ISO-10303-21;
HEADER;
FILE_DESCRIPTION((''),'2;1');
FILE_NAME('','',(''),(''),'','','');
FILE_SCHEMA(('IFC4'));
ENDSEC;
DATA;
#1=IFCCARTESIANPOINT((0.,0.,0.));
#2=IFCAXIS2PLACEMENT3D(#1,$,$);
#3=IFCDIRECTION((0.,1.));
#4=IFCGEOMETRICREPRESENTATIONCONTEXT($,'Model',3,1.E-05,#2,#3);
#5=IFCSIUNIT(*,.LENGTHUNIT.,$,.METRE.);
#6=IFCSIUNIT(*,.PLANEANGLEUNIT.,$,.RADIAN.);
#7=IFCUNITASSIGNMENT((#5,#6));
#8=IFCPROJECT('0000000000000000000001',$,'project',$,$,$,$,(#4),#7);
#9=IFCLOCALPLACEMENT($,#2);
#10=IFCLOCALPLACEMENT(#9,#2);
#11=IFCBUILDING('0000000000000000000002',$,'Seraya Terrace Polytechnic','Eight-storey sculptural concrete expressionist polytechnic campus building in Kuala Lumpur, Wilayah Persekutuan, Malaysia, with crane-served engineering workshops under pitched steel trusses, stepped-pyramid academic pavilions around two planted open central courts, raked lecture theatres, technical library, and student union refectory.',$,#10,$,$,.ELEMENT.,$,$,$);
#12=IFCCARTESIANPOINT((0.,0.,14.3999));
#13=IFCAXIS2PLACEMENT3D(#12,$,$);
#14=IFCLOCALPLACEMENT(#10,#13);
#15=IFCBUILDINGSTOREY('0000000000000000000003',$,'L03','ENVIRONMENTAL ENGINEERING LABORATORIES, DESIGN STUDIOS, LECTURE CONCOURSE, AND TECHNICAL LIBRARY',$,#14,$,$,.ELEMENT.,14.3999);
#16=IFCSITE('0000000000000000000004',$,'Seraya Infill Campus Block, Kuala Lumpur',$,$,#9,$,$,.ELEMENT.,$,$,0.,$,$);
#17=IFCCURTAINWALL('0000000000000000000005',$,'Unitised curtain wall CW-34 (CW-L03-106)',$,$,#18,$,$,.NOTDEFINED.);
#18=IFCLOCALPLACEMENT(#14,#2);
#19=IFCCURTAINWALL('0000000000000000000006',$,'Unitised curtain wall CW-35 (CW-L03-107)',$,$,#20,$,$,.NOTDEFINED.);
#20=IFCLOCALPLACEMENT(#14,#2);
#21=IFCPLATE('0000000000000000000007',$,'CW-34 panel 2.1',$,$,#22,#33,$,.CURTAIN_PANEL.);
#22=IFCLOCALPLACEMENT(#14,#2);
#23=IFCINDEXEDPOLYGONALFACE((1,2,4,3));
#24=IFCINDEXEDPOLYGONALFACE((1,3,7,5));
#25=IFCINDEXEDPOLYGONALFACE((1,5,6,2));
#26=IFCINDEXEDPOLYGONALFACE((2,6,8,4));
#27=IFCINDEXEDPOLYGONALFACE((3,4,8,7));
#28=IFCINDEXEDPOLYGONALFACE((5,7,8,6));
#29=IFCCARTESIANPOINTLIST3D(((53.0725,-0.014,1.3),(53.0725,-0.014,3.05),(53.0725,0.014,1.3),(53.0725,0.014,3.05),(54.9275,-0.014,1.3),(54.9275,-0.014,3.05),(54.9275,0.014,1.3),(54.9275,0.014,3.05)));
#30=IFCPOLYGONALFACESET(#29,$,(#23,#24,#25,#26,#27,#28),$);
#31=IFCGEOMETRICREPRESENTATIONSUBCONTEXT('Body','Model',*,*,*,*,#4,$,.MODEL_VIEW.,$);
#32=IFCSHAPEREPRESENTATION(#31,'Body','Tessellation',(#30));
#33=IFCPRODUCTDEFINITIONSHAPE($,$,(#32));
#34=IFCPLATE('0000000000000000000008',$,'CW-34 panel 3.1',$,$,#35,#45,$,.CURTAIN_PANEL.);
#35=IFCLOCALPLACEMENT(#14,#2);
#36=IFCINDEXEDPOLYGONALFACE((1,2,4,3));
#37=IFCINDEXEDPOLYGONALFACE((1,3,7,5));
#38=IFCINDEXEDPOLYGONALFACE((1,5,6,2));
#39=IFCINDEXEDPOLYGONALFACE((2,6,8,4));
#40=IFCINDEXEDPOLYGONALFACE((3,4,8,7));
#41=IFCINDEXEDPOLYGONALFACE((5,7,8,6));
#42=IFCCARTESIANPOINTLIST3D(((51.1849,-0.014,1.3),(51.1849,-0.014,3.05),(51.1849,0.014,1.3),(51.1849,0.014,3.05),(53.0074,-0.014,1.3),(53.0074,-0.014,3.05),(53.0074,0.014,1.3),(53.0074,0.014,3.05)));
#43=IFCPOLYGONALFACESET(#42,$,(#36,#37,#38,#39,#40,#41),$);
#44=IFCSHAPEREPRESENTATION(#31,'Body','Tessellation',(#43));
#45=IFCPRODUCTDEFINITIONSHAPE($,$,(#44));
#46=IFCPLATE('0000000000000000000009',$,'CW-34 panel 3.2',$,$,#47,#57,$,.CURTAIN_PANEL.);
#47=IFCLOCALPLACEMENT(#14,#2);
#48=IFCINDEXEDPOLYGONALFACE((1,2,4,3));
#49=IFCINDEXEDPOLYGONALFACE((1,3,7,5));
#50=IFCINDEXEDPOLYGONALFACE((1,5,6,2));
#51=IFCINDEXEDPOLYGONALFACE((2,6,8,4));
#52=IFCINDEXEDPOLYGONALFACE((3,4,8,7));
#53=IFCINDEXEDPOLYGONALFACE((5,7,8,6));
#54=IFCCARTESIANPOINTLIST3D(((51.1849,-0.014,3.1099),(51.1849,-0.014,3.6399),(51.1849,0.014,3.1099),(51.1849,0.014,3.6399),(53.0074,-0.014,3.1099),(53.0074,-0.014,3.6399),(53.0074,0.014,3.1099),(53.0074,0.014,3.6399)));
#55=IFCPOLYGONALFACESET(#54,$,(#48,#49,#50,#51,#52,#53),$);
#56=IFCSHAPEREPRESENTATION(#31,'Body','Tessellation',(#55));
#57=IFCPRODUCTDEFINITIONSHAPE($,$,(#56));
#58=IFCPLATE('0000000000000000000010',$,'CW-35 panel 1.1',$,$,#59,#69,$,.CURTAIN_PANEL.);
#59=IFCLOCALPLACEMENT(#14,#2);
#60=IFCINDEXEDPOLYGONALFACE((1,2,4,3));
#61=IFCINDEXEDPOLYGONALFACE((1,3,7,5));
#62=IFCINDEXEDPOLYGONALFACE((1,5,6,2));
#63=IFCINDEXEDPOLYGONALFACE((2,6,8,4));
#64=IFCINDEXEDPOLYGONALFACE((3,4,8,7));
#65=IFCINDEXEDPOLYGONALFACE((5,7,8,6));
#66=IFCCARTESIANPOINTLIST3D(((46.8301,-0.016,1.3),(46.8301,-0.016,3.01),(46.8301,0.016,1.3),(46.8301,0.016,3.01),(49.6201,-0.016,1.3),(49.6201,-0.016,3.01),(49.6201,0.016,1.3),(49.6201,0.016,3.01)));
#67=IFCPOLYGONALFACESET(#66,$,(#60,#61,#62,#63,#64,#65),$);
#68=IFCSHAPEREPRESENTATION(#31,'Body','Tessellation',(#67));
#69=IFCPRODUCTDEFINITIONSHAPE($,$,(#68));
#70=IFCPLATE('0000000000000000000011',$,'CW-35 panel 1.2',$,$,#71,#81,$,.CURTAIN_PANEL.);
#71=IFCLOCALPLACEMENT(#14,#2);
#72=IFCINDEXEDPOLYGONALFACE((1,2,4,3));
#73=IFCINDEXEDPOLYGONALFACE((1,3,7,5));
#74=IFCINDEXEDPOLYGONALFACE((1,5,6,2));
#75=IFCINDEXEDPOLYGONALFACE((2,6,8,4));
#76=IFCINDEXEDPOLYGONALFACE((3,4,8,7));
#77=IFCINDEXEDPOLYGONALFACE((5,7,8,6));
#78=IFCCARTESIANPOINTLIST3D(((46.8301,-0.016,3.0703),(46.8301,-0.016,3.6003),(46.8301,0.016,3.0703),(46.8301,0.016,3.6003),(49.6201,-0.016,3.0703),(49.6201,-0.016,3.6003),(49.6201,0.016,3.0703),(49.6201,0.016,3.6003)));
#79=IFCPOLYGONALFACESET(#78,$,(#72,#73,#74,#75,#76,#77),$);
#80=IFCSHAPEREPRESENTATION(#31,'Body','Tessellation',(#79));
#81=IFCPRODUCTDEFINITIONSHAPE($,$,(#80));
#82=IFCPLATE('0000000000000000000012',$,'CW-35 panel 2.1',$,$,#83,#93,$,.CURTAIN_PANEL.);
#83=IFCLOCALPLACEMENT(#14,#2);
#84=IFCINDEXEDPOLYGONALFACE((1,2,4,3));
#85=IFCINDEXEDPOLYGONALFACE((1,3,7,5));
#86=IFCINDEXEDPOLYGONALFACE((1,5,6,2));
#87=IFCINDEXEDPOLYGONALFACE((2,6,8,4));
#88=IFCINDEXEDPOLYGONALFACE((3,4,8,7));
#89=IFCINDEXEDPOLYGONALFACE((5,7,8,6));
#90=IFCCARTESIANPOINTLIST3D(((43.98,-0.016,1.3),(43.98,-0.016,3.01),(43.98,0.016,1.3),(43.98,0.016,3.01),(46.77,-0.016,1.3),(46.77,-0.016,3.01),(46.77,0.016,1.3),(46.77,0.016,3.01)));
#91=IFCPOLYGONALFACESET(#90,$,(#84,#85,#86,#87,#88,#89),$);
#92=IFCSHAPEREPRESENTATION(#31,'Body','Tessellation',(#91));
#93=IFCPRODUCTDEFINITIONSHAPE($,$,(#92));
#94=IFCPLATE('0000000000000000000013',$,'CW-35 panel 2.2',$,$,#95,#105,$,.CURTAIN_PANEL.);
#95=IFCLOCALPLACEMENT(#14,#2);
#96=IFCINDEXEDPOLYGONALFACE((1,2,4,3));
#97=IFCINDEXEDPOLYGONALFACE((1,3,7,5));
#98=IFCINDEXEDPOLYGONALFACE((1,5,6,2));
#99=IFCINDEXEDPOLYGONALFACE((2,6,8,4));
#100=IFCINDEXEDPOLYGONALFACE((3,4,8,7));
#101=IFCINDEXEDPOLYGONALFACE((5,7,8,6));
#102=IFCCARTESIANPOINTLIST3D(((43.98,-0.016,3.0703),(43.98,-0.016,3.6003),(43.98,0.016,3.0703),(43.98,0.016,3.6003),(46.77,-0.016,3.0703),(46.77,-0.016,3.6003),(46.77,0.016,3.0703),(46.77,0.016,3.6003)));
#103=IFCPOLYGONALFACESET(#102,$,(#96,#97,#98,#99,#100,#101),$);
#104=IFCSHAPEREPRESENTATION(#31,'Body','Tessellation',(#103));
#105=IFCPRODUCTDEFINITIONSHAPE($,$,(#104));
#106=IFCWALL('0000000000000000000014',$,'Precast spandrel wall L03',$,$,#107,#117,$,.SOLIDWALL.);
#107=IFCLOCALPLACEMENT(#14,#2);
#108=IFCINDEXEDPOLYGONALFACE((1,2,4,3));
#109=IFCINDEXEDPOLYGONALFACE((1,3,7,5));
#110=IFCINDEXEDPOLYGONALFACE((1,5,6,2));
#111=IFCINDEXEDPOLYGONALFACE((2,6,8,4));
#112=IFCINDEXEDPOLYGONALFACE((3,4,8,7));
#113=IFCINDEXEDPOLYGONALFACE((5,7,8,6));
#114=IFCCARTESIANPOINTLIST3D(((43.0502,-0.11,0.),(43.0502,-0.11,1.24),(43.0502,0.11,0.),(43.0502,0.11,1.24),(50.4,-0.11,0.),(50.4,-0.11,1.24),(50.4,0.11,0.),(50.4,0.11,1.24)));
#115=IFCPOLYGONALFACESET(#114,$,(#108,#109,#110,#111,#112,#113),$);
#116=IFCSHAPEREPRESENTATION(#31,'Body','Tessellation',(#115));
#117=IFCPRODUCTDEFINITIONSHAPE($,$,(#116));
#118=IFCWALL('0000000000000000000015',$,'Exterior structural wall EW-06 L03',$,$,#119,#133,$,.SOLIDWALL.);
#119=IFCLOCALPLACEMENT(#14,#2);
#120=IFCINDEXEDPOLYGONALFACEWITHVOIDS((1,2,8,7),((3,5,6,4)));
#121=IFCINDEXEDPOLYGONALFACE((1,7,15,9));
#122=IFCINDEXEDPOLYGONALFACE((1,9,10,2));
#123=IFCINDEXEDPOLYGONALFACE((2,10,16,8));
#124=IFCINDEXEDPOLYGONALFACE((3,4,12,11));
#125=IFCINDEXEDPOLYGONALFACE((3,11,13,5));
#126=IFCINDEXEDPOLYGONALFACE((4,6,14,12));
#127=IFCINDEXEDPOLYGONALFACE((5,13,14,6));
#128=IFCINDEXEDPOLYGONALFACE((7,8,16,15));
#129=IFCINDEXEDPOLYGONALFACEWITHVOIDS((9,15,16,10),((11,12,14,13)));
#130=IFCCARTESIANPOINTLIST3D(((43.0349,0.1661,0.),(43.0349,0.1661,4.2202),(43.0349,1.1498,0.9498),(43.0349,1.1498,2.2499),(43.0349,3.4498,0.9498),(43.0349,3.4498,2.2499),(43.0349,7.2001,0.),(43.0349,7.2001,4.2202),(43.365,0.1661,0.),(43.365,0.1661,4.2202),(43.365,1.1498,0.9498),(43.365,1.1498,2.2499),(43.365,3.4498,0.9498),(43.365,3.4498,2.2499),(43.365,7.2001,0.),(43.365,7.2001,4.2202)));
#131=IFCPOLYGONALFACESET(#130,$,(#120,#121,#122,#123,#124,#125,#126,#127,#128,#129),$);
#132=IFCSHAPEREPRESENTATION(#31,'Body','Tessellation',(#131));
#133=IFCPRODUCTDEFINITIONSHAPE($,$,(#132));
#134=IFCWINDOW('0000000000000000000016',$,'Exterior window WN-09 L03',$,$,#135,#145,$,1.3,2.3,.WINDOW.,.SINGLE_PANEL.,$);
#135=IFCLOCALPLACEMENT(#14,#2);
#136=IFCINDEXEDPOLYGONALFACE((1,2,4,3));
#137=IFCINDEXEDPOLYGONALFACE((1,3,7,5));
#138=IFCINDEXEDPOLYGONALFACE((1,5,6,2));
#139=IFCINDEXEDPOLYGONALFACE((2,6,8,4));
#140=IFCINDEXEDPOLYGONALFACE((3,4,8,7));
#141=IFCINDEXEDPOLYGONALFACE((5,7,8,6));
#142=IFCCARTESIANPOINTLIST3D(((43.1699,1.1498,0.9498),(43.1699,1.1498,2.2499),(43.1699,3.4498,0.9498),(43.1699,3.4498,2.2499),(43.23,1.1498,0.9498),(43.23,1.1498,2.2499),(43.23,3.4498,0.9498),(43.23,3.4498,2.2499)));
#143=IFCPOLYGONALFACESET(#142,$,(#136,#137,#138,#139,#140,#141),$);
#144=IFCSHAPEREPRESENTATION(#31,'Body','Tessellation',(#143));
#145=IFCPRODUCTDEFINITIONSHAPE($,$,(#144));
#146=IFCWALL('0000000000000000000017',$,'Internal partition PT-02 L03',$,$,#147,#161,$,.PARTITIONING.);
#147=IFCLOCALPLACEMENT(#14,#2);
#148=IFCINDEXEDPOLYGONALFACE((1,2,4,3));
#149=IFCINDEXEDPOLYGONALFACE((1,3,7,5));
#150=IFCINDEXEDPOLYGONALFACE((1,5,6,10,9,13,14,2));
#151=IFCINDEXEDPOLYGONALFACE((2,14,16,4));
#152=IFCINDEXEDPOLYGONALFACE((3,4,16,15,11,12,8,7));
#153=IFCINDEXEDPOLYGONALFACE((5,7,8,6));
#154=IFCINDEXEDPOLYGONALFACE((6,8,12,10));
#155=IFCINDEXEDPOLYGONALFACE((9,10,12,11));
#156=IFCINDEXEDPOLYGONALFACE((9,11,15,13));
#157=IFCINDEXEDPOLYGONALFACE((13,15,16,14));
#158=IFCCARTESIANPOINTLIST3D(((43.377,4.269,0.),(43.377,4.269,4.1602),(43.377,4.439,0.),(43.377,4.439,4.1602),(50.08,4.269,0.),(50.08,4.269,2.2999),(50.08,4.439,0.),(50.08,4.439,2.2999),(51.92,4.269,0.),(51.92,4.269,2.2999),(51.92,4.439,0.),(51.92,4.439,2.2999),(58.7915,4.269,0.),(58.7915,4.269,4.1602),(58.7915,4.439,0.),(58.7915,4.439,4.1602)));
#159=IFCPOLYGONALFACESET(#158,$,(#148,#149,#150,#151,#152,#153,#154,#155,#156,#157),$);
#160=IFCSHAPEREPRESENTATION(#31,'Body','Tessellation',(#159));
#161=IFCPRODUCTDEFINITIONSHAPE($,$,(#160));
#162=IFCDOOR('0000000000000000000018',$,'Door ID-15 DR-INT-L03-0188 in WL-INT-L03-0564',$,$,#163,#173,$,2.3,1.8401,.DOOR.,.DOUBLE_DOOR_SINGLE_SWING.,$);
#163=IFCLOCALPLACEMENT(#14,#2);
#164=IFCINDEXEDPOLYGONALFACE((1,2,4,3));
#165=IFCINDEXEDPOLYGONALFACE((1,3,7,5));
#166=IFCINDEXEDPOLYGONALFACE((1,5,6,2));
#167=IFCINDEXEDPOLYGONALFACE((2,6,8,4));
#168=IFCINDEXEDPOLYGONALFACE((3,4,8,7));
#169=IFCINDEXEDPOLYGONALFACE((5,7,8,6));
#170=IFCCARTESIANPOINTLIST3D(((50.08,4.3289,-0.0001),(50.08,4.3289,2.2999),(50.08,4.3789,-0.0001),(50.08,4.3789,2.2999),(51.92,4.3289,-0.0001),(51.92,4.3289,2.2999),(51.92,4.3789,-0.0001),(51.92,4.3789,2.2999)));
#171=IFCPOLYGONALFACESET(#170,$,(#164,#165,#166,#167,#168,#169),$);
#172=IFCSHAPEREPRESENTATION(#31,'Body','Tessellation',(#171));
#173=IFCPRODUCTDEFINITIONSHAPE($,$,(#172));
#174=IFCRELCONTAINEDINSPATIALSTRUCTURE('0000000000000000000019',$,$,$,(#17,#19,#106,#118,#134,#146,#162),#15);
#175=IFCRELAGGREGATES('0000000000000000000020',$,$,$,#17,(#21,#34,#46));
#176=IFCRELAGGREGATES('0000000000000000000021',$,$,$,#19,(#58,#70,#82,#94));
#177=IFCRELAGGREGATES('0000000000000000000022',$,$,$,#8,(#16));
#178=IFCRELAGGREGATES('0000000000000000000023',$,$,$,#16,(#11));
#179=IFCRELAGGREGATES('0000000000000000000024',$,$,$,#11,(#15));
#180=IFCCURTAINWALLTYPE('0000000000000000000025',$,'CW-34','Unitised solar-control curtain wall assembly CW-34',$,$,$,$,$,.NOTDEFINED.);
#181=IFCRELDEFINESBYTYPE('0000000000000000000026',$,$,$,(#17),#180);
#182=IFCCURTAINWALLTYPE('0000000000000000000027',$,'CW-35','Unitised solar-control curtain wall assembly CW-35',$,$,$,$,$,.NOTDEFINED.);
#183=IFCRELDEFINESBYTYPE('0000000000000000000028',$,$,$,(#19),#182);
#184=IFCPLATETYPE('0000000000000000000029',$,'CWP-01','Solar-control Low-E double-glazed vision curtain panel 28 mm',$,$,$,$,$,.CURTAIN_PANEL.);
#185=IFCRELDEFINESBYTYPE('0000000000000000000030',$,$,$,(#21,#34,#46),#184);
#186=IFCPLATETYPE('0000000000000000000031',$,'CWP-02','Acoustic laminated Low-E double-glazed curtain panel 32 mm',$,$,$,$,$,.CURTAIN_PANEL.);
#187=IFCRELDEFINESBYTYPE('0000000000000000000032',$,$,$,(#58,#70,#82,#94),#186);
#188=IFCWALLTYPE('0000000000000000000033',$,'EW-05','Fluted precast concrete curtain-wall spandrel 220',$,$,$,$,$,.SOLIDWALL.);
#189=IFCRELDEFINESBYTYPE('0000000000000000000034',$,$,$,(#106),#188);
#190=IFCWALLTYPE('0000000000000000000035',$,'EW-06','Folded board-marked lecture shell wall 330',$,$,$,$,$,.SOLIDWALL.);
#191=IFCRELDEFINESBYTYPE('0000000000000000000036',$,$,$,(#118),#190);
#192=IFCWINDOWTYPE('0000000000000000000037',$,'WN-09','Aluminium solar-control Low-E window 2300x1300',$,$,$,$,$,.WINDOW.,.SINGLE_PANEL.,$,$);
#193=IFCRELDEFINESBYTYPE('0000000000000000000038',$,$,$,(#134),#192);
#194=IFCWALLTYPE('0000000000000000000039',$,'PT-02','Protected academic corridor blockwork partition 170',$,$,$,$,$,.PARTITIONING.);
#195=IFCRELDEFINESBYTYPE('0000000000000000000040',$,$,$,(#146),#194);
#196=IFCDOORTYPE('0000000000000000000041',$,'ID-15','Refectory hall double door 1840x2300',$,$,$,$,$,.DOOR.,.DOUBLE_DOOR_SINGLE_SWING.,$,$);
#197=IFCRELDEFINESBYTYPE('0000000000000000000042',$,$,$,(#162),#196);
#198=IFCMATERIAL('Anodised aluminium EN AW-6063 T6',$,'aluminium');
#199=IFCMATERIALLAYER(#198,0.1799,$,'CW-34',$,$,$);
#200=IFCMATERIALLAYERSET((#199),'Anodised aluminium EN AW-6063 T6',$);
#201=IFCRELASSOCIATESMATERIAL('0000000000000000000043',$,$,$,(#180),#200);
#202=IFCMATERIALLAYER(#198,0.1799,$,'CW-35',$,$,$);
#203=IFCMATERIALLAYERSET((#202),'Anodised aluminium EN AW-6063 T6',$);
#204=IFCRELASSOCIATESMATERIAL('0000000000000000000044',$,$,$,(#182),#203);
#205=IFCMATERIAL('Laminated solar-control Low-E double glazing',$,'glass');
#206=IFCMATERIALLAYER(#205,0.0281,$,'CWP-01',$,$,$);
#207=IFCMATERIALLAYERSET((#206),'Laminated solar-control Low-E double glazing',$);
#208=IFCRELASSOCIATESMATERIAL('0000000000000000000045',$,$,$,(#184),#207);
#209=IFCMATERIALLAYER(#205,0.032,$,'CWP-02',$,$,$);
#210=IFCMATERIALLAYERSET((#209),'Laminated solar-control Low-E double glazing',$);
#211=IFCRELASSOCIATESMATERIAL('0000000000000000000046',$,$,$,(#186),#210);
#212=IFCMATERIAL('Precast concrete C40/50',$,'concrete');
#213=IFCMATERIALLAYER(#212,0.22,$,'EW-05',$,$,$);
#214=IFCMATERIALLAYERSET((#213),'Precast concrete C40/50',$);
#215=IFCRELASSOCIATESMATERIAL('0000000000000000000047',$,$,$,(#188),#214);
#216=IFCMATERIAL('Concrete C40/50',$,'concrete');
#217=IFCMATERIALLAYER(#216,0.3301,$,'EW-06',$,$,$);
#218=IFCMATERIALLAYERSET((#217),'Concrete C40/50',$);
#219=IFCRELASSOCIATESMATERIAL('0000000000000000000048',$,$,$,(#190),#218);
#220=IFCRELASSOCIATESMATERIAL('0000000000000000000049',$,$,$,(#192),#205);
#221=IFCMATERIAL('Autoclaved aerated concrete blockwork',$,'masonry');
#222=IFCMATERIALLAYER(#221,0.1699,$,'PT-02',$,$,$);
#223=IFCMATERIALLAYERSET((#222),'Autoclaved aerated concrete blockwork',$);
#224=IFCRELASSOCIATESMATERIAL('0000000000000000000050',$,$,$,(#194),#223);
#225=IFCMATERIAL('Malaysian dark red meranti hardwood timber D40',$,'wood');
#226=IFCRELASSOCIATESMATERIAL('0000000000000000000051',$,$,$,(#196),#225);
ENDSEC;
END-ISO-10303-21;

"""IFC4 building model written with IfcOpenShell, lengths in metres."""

from ifc_helpers import new_model, si_unit, direction, frame, frame_2d, origin, origin_2d, place, context, subcontext, project, spatial, rectangle, extrude, material, layer, layer_set, type_object, element, fill, aggregate, save


model = new_model("IFC4")

# Units and contexts
model_context = context("Model", 3, precision=1e-05, world=origin(), true_north=direction((0.0, 1.0)))
body_context = subcontext(model_context, "Body", "Model", "MODEL_VIEW")
ifc_project = project(units=[si_unit("LENGTHUNIT", "METRE"), si_unit("PLANEANGLEUNIT", "RADIAN")], contexts=[model_context])

# Site, building, storey
site_placement = place(None, origin())
site = spatial("IfcSite", under=ifc_project, at=site_placement, Name="Seraya Infill Campus Block, Kuala Lumpur", CompositionType="ELEMENT", RefElevation=0.0)
building_placement = place(site_placement, origin())
building = spatial("IfcBuilding", under=site, at=building_placement, Name="Seraya Terrace Polytechnic", Description="Eight-storey sculptural concrete expressionist polytechnic campus building in Kuala Lumpur, Wilayah Persekutuan, Malaysia, with crane-served engineering workshops under pitched steel trusses, stepped-pyramid academic pavilions around two planted open central courts, raked lecture theatres, technical library, and student union refectory.", CompositionType="ELEMENT")
storey_placement = place(building_placement, frame((0.0, 0.0, 14.3999)))
storey = spatial("IfcBuildingStorey", under=building, at=storey_placement, Name="L03", Description="ENVIRONMENTAL ENGINEERING LABORATORIES, DESIGN STUDIOS, LECTURE CONCOURSE, AND TECHNICAL LIBRARY", CompositionType="ELEMENT", Elevation=14.3999)

# Shared definitions
ifc_material_1 = material(Name="Concrete C40/50", Category="concrete")

# Curtain walls
ifc_material_2 = material(Name="Anodised aluminium EN AW-6063 T6", Category="aluminium")
ifc_layer_1 = layer(ifc_material_2, 0.1799, Name="CW-34")
ifc_layer_set_1 = layer_set([ifc_layer_1], Name="Anodised aluminium EN AW-6063 T6")
curtain_wall_type_1 = type_object("IfcCurtainWallType", Name="CW-34", Description="Unitised solar-control curtain wall assembly CW-34", PredefinedType="NOTDEFINED", material=ifc_layer_set_1)
curtain_wall_1_placement = place(storey_placement, origin())
curtain_wall_1 = element("IfcCurtainWall", 1, at=curtain_wall_1_placement, inside=storey, type_object=curtain_wall_type_1, Name="Unitised curtain wall CW-34 (CW-L03-106)", PredefinedType="NOTDEFINED")
ifc_layer_2 = layer(ifc_material_2, 0.1799, Name="CW-35")
ifc_layer_set_2 = layer_set([ifc_layer_2], Name="Anodised aluminium EN AW-6063 T6")
curtain_wall_type_2 = type_object("IfcCurtainWallType", Name="CW-35", Description="Unitised solar-control curtain wall assembly CW-35", PredefinedType="NOTDEFINED", material=ifc_layer_set_2)
curtain_wall_2_placement = place(storey_placement, origin())
curtain_wall_2 = element("IfcCurtainWall", 2, at=curtain_wall_2_placement, inside=storey, type_object=curtain_wall_type_2, Name="Unitised curtain wall CW-35 (CW-L03-107)", PredefinedType="NOTDEFINED")

# Plates
ifc_material_3 = material(Name="Laminated solar-control Low-E double glazing", Category="glass")
ifc_layer_3 = layer(ifc_material_3, 0.0281, Name="CWP-01")
ifc_layer_set_3 = layer_set([ifc_layer_3], Name="Laminated solar-control Low-E double glazing")
plate_type_1 = type_object("IfcPlateType", Name="CWP-01", Description="Solar-control Low-E double-glazed vision curtain panel 28 mm", PredefinedType="CURTAIN_PANEL", material=ifc_layer_set_3)
plate_1_placement = place(storey_placement, frame((54.0, 0.0, 1.3), z_axis=(0.0, 0.0, 1.0), x_axis=(-1.0, 0.0, 0.0)))
plate_1 = element("IfcPlate", 3, at=plate_1_placement, type_object=plate_type_1, Name="CW-34 panel 2.1", PredefinedType="CURTAIN_PANEL", context=body_context, shape_type="SweptSolid", body=[
    extrude(rectangle(XDim=1.855, YDim=0.0281, at=origin_2d()), origin(), (0.0, 0.0, 1.0), 1.75),
])
plate_2_placement = place(storey_placement, frame((52.0962, 0.0, 1.3), z_axis=(0.0, 0.0, 1.0), x_axis=(-1.0, 0.0, 0.0)))
plate_2 = element("IfcPlate", 4, at=plate_2_placement, type_object=plate_type_1, Name="CW-34 panel 3.1", PredefinedType="CURTAIN_PANEL", context=body_context, shape_type="SweptSolid", body=[
    extrude(rectangle(XDim=1.8225, YDim=0.0281, at=origin_2d()), origin(), (0.0, 0.0, 1.0), 1.75),
])
plate_3_placement = place(storey_placement, frame((52.0962, 0.0, 3.1099), z_axis=(0.0, 0.0, 1.0), x_axis=(-1.0, 0.0, 0.0)))
plate_3 = element("IfcPlate", 5, at=plate_3_placement, type_object=plate_type_1, Name="CW-34 panel 3.2", PredefinedType="CURTAIN_PANEL", context=body_context, shape_type="SweptSolid", body=[
    extrude(rectangle(XDim=1.8225, YDim=0.0281, at=origin_2d()), origin(), (0.0, 0.0, 1.0), 0.53),
])
aggregate(curtain_wall_1, [plate_1, plate_2, plate_3])
ifc_layer_4 = layer(ifc_material_3, 0.032, Name="CWP-02")
ifc_layer_set_4 = layer_set([ifc_layer_4], Name="Laminated solar-control Low-E double glazing")
plate_type_2 = type_object("IfcPlateType", Name="CWP-02", Description="Acoustic laminated Low-E double-glazed curtain panel 32 mm", PredefinedType="CURTAIN_PANEL", material=ifc_layer_set_4)
plate_4_placement = place(storey_placement, frame((48.2251, 0.0, 1.3), z_axis=(0.0, 0.0, 1.0), x_axis=(-1.0, 0.0, 0.0)))
plate_4 = element("IfcPlate", 6, at=plate_4_placement, type_object=plate_type_2, Name="CW-35 panel 1.1", PredefinedType="CURTAIN_PANEL", context=body_context, shape_type="SweptSolid", body=[
    extrude(rectangle(XDim=2.79, YDim=0.032, at=origin_2d()), origin(), (0.0, 0.0, 1.0), 1.71),
])
plate_5_placement = place(storey_placement, frame((48.2251, 0.0, 3.0703), z_axis=(0.0, 0.0, 1.0), x_axis=(-1.0, 0.0, 0.0)))
plate_5 = element("IfcPlate", 7, at=plate_5_placement, type_object=plate_type_2, Name="CW-35 panel 1.2", PredefinedType="CURTAIN_PANEL", context=body_context, shape_type="SweptSolid", body=[
    extrude(rectangle(XDim=2.79, YDim=0.032, at=origin_2d()), origin(), (0.0, 0.0, 1.0), 0.53),
])
plate_6_placement = place(storey_placement, frame((45.375, 0.0, 1.3), z_axis=(0.0, 0.0, 1.0), x_axis=(-1.0, 0.0, 0.0)))
plate_6 = element("IfcPlate", 8, at=plate_6_placement, type_object=plate_type_2, Name="CW-35 panel 2.1", PredefinedType="CURTAIN_PANEL", context=body_context, shape_type="SweptSolid", body=[
    extrude(rectangle(XDim=2.79, YDim=0.032, at=origin_2d()), origin(), (0.0, 0.0, 1.0), 1.71),
])
plate_7_placement = place(storey_placement, frame((45.375, 0.0, 3.0703), z_axis=(0.0, 0.0, 1.0), x_axis=(-1.0, 0.0, 0.0)))
plate_7 = element("IfcPlate", 9, at=plate_7_placement, type_object=plate_type_2, Name="CW-35 panel 2.2", PredefinedType="CURTAIN_PANEL", context=body_context, shape_type="SweptSolid", body=[
    extrude(rectangle(XDim=2.79, YDim=0.032, at=origin_2d()), origin(), (0.0, 0.0, 1.0), 0.53),
])
aggregate(curtain_wall_2, [plate_4, plate_5, plate_6, plate_7])

# Wall
ifc_material_4 = material(Name="Precast concrete C40/50", Category="concrete")
ifc_layer_5 = layer(ifc_material_4, 0.22, Name="EW-05")
ifc_layer_set_5 = layer_set([ifc_layer_5], Name="Precast concrete C40/50")
wall_type_1 = type_object("IfcWallType", Name="EW-05", Description="Fluted precast concrete curtain-wall spandrel 220", PredefinedType="SOLIDWALL", material=ifc_layer_set_5)
wall_1_placement = place(storey_placement, frame((50.3999, 0.0, 0.0), z_axis=(0.0, 0.0, 1.0), x_axis=(-1.0, 0.0, 0.0)))
element("IfcWall", 10, at=wall_1_placement, inside=storey, type_object=wall_type_1, Name="Precast spandrel wall L03", PredefinedType="SOLIDWALL", context=body_context, shape_type="SweptSolid", body=[
    extrude(rectangle(XDim=7.3499, YDim=0.22, at=frame_2d((3.6748, 0.0))), origin(), (0.0, 0.0, 1.0), 1.24),
])

# Wall, opening, window
ifc_layer_6 = layer(ifc_material_1, 0.3301, Name="EW-06")
ifc_layer_set_6 = layer_set([ifc_layer_6], Name="Concrete C40/50")
wall_type_2 = type_object("IfcWallType", Name="EW-06", Description="Folded board-marked lecture shell wall 330", PredefinedType="SOLIDWALL", material=ifc_layer_set_6)
wall_2_placement = place(storey_placement, frame((43.2, 0.166, 0.0), z_axis=(0.0, 0.0, 1.0), x_axis=(0.0, 1.0, 0.0)))
wall_2 = element("IfcWall", 11, at=wall_2_placement, inside=storey, type_object=wall_type_2, Name="Exterior structural wall EW-06 L03", PredefinedType="SOLIDWALL", context=body_context, shape_type="SweptSolid", body=[
    extrude(rectangle(XDim=7.0339, YDim=0.3301, at=frame_2d((3.5171, 0.0))), origin(), (0.0, 0.0, 1.0), 4.2202),
])
opening_1_placement = place(wall_2_placement, frame((0.9839, 0.0, 0.95)))
opening_1 = element("IfcOpeningElement", 12, at=opening_1_placement, cuts=wall_2, PredefinedType="OPENING", context=body_context, shape_type="SweptSolid", body=[
    extrude(rectangle(XDim=2.3, YDim=1.3, at=frame_2d((1.1499, 0.6499))), frame((0.0, 0.177, 0.0), z_axis=(0.0, -1.0, 0.0), x_axis=(1.0, 0.0, 0.0)), (0.0, 0.0, 1.0), 0.354),
])
window_type = type_object("IfcWindowType", Name="WN-09", Description="Aluminium solar-control Low-E window 2300x1300", PartitioningType="SINGLE_PANEL", PredefinedType="WINDOW", material=ifc_material_3)
window_placement = place(opening_1_placement, origin())
window = element("IfcWindow", 13, at=window_placement, inside=storey, type_object=window_type, Name="Exterior window WN-09 L03", OverallHeight=1.3, OverallWidth=2.3, PartitioningType="SINGLE_PANEL", PredefinedType="WINDOW", context=body_context, shape_type="SweptSolid", body=[
    extrude(rectangle(XDim=2.3, YDim=1.3, at=frame_2d((1.1499, 0.6499))), frame((0.0, 0.03, 0.0), z_axis=(0.0, -1.0, 0.0), x_axis=(1.0, 0.0, 0.0)), (0.0, 0.0, 1.0), 0.0601),
])
fill(opening_1, window)

# Wall, opening, door
ifc_material_5 = material(Name="Autoclaved aerated concrete blockwork", Category="masonry")
ifc_layer_7 = layer(ifc_material_5, 0.1699, Name="PT-02")
ifc_layer_set_7 = layer_set([ifc_layer_7], Name="Autoclaved aerated concrete blockwork")
wall_type_3 = type_object("IfcWallType", Name="PT-02", Description="Protected academic corridor blockwork partition 170", PredefinedType="PARTITIONING", material=ifc_layer_set_7)
wall_3_placement = place(storey_placement, frame((43.377, 4.354, 0.0), z_axis=(0.0, 0.0, 1.0), x_axis=(1.0, 0.0, 0.0)))
wall_3 = element("IfcWall", 14, at=wall_3_placement, inside=storey, type_object=wall_type_3, Name="Internal partition PT-02 L03", PredefinedType="PARTITIONING", context=body_context, shape_type="SweptSolid", body=[
    extrude(rectangle(XDim=15.4146, YDim=0.1699, at=frame_2d((7.7073, 0.0))), origin(), (0.0, 0.0, 1.0), 4.1602),
])
opening_2_placement = place(wall_3_placement, frame((6.7031, 0.0, 0.0)))
opening_2 = element("IfcOpeningElement", 15, at=opening_2_placement, cuts=wall_3, PredefinedType="OPENING", context=body_context, shape_type="SweptSolid", body=[
    extrude(rectangle(XDim=1.8401, YDim=2.3, at=frame_2d((0.9199, 1.1499))), frame((0.0, 0.0969, 0.0), z_axis=(0.0, -1.0, 0.0), x_axis=(1.0, 0.0, 0.0)), (0.0, 0.0, 1.0), 0.1938),
])
ifc_material_6 = material(Name="Malaysian dark red meranti hardwood timber D40", Category="wood")
door_type = type_object("IfcDoorType", Name="ID-15", Description="Refectory hall double door 1840x2300", OperationType="DOUBLE_DOOR_SINGLE_SWING", PredefinedType="DOOR", material=ifc_material_6)
door_placement = place(opening_2_placement, origin())
door = element("IfcDoor", 16, at=door_placement, inside=storey, type_object=door_type, Name="Door ID-15 DR-INT-L03-0188 in WL-INT-L03-0564", OperationType="DOUBLE_DOOR_SINGLE_SWING", OverallHeight=2.3, OverallWidth=1.8401, PredefinedType="DOOR", context=body_context, shape_type="SweptSolid", body=[
    extrude(rectangle(XDim=1.8401, YDim=2.3, at=frame_2d((0.9199, 1.1499))), frame((0.0, 0.0249, 0.0), z_axis=(0.0, -1.0, 0.0), x_axis=(1.0, 0.0, 0.0)), (0.0, 0.0, 1.0), 0.05),
])
fill(opening_2, door)

save(model, "model.ifc")
